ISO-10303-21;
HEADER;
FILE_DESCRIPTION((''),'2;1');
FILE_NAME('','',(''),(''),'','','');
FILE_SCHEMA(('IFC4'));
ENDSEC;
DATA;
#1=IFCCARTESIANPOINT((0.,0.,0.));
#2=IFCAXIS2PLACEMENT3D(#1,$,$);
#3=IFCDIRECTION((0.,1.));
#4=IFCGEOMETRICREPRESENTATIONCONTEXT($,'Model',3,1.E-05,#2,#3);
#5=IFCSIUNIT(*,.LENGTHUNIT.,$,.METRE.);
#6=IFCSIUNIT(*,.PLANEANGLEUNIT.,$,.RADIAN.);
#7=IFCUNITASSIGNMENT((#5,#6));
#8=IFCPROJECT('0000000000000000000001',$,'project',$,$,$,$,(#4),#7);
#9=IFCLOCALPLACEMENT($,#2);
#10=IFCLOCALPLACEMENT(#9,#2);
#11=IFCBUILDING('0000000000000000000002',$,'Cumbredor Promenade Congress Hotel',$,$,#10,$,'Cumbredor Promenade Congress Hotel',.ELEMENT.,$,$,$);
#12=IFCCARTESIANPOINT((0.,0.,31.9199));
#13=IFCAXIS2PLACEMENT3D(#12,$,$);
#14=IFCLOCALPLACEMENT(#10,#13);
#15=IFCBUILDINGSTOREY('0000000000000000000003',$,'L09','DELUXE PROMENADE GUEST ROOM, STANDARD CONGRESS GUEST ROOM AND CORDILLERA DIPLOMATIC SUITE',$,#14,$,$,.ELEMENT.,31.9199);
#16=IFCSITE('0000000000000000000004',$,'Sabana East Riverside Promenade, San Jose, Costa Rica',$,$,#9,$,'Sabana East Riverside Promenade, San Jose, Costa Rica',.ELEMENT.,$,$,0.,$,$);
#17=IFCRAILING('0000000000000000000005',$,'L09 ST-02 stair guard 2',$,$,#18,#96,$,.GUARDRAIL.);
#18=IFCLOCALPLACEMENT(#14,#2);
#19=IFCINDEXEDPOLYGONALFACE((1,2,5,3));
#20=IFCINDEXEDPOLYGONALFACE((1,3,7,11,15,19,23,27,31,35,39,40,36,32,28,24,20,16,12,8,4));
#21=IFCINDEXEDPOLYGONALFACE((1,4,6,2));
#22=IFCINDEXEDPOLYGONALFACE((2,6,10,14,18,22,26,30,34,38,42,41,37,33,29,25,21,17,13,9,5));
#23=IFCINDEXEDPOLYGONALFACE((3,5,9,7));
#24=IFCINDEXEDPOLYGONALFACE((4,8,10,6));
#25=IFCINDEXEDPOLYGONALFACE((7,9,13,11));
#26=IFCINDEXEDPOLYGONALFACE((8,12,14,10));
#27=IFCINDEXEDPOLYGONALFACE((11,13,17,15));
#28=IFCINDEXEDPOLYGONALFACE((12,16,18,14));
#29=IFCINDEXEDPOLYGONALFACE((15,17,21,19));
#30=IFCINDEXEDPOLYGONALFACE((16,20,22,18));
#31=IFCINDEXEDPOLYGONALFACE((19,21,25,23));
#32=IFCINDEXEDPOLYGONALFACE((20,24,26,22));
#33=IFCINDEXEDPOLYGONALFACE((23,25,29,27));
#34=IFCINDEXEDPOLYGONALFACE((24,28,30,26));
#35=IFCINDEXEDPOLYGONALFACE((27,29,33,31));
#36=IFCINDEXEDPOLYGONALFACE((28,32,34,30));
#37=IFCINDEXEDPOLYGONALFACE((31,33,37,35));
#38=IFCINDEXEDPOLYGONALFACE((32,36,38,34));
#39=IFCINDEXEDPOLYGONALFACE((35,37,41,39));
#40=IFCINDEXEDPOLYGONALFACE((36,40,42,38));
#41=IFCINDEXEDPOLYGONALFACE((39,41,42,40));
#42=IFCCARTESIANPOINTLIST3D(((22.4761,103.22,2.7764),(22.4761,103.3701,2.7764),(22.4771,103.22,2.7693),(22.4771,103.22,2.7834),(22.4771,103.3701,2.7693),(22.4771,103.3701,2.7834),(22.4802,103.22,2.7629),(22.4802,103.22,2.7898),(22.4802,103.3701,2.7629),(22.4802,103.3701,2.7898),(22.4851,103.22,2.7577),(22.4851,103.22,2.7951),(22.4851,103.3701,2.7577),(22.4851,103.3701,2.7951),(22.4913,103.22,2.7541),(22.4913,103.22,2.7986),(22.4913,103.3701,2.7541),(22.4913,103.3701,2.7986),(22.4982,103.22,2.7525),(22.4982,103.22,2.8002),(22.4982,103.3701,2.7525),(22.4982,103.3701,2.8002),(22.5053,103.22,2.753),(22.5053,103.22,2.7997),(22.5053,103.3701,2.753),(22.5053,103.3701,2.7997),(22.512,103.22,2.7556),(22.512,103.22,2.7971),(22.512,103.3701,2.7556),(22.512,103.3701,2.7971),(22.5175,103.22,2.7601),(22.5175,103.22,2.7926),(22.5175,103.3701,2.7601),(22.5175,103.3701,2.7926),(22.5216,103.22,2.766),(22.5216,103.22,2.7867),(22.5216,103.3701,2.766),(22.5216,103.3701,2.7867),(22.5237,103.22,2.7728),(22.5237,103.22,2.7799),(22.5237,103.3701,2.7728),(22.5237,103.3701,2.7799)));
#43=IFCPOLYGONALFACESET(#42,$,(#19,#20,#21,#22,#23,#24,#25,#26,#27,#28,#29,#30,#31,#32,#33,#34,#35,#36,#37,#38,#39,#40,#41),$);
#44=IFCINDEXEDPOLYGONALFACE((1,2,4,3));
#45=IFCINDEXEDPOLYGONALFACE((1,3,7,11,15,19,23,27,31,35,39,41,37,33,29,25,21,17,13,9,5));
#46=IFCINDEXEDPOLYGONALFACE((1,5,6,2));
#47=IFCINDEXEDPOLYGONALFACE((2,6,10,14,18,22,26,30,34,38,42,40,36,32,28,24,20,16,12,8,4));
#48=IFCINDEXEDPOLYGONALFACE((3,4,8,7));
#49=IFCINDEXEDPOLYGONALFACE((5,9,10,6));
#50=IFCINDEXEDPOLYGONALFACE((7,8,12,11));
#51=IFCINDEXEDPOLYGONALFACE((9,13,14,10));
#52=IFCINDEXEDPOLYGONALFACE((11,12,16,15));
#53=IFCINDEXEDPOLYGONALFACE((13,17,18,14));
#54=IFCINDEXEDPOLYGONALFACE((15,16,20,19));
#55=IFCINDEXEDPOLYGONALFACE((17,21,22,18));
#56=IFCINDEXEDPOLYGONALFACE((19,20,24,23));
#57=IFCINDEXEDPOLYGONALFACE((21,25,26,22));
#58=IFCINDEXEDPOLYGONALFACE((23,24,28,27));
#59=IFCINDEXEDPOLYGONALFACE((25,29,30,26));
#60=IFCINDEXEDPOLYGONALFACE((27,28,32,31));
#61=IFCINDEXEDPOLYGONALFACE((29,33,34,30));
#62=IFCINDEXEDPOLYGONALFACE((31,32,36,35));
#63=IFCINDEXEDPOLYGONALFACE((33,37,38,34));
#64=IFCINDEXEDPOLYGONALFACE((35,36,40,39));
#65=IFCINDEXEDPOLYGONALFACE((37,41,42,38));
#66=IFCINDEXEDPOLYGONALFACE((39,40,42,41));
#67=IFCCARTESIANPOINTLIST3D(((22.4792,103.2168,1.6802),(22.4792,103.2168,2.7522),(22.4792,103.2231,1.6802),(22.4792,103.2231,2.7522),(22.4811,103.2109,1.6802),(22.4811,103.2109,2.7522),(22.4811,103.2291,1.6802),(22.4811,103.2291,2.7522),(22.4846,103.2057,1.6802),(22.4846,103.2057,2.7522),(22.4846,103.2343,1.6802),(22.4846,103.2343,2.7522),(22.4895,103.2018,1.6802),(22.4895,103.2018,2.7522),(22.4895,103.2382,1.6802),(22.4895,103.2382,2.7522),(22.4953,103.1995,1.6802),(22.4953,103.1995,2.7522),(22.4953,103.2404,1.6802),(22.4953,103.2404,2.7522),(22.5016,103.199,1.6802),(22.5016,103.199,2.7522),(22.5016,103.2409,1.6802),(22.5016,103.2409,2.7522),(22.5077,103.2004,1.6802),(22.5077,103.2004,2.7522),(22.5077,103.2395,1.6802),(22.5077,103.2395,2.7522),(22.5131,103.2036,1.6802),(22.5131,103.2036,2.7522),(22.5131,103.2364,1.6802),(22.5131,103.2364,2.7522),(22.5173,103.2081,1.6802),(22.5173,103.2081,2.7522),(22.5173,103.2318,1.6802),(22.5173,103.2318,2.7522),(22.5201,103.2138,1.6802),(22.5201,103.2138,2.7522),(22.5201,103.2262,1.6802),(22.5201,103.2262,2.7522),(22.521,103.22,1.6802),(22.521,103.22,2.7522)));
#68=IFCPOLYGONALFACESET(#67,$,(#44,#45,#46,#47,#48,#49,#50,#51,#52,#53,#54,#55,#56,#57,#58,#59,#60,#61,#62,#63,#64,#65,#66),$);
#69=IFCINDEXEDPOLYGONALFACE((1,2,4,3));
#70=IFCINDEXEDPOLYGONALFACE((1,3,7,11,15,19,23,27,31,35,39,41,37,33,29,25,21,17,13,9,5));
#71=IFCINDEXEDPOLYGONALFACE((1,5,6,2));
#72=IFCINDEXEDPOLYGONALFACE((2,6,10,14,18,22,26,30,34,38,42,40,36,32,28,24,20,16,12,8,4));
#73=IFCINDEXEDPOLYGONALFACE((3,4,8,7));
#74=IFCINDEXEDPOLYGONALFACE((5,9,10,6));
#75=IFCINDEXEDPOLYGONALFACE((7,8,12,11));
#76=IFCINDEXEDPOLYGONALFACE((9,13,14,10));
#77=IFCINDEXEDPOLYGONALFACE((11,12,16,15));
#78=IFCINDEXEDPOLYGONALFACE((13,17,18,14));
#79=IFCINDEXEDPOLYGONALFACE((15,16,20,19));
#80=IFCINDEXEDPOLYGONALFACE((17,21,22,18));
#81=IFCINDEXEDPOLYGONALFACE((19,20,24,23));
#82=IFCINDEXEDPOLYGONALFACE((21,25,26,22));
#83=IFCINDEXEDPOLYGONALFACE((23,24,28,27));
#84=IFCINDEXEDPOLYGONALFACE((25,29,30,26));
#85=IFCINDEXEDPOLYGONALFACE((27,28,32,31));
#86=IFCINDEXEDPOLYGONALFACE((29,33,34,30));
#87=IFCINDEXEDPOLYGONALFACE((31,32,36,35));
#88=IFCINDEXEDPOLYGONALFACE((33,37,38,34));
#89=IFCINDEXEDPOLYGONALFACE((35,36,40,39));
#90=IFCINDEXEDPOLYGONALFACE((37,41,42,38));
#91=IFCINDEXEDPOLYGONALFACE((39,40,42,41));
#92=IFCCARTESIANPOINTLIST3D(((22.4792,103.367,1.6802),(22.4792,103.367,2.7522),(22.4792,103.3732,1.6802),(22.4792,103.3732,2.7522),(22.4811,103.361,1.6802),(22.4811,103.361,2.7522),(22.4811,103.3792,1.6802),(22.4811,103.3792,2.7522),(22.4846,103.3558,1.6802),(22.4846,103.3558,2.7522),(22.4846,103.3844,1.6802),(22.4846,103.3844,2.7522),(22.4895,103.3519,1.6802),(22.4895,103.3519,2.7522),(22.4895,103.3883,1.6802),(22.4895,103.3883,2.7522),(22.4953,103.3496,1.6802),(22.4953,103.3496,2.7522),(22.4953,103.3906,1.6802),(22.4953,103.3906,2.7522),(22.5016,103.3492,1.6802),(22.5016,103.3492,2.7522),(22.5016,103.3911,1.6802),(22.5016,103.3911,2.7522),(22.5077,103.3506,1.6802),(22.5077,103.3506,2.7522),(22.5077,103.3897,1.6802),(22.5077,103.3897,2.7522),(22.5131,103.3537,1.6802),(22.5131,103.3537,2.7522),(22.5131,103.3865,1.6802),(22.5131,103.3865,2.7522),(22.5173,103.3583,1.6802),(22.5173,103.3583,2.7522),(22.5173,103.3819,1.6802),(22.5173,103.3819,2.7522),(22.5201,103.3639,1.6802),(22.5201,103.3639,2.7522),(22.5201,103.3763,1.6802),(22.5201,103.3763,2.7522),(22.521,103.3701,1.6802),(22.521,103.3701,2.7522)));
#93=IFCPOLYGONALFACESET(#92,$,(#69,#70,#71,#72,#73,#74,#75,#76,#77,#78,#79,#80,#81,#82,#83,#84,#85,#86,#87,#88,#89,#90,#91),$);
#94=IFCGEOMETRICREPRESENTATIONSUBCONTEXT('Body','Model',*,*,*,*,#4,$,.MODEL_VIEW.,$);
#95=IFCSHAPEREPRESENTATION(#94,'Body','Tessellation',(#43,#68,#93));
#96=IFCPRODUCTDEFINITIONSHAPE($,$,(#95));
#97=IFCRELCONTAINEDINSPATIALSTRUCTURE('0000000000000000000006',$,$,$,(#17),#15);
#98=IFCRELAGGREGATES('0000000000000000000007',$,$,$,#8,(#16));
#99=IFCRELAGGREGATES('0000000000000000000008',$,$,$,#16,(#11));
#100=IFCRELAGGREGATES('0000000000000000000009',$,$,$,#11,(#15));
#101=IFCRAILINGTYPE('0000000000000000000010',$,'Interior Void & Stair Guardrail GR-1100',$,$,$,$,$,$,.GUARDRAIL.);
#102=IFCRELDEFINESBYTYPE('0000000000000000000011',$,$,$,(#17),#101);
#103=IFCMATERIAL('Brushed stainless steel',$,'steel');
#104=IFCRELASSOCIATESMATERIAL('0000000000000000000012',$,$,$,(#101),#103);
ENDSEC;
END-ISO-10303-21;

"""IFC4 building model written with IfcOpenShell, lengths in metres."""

from ifc_helpers import new_model, si_unit, direction, frame, origin, origin_2d, place, context, subcontext, project, spatial, circle, extrude, material, type_object, element, save


model = new_model("IFC4")

# Units and contexts
model_context = context("Model", 3, precision=1e-05, world=origin(), true_north=direction((0.0, 1.0)))
body_context = subcontext(model_context, "Body", "Model", "MODEL_VIEW")
ifc_project = project(units=[si_unit("LENGTHUNIT", "METRE"), si_unit("PLANEANGLEUNIT", "RADIAN")], contexts=[model_context])

# Site, building, storey
site_placement = place(None, origin())
site = spatial("IfcSite", under=ifc_project, at=site_placement, Name="Sabana East Riverside Promenade, San Jose, Costa Rica", LongName="Sabana East Riverside Promenade, San Jose, Costa Rica", CompositionType="ELEMENT", RefElevation=0.0)
building_placement = place(site_placement, origin())
building = spatial("IfcBuilding", under=site, at=building_placement, Name="Cumbredor Promenade Congress Hotel", LongName="Cumbredor Promenade Congress Hotel", CompositionType="ELEMENT")
storey_placement = place(building_placement, frame((0.0, 0.0, 31.9199)))
storey = spatial("IfcBuildingStorey", under=building, at=storey_placement, Name="L09", Description="DELUXE PROMENADE GUEST ROOM, STANDARD CONGRESS GUEST ROOM AND CORDILLERA DIPLOMATIC SUITE", CompositionType="ELEMENT", Elevation=31.9199)

# Shared definitions
ifc_material_1 = material(Name="Brushed stainless steel", Category="steel")

# Railing
railing_type_1 = type_object("IfcRailingType", Name="Interior Void & Stair Guardrail GR-1100", PredefinedType="GUARDRAIL", material=ifc_material_1)
railing_1_placement = place(storey_placement, frame((22.5, 103.22, 1.6802)))
element("IfcRailing", 1, at=railing_1_placement, inside=storey, type_object=railing_type_1, Name="L09 ST-02 stair guard 2", PredefinedType="GUARDRAIL", context=body_context, shape_type="SweptSolid", body=[
    extrude(circle(Radius=0.0239, at=origin_2d()), frame((0.0, 0.0, 1.0962), z_axis=(0.0, 1.0, 0.0), x_axis=(-1.0, 0.0, 0.0)), (0.0, 0.0, 1.0), 0.1501),
    extrude(circle(Radius=0.021, at=origin_2d()), origin(), (0.0, 0.0, 1.0), 1.072),
    extrude(circle(Radius=0.021, at=origin_2d()), frame((0.0, 0.1501, 0.0)), (0.0, 0.0, 1.0), 1.072),
])

save(model, "model.ifc")
